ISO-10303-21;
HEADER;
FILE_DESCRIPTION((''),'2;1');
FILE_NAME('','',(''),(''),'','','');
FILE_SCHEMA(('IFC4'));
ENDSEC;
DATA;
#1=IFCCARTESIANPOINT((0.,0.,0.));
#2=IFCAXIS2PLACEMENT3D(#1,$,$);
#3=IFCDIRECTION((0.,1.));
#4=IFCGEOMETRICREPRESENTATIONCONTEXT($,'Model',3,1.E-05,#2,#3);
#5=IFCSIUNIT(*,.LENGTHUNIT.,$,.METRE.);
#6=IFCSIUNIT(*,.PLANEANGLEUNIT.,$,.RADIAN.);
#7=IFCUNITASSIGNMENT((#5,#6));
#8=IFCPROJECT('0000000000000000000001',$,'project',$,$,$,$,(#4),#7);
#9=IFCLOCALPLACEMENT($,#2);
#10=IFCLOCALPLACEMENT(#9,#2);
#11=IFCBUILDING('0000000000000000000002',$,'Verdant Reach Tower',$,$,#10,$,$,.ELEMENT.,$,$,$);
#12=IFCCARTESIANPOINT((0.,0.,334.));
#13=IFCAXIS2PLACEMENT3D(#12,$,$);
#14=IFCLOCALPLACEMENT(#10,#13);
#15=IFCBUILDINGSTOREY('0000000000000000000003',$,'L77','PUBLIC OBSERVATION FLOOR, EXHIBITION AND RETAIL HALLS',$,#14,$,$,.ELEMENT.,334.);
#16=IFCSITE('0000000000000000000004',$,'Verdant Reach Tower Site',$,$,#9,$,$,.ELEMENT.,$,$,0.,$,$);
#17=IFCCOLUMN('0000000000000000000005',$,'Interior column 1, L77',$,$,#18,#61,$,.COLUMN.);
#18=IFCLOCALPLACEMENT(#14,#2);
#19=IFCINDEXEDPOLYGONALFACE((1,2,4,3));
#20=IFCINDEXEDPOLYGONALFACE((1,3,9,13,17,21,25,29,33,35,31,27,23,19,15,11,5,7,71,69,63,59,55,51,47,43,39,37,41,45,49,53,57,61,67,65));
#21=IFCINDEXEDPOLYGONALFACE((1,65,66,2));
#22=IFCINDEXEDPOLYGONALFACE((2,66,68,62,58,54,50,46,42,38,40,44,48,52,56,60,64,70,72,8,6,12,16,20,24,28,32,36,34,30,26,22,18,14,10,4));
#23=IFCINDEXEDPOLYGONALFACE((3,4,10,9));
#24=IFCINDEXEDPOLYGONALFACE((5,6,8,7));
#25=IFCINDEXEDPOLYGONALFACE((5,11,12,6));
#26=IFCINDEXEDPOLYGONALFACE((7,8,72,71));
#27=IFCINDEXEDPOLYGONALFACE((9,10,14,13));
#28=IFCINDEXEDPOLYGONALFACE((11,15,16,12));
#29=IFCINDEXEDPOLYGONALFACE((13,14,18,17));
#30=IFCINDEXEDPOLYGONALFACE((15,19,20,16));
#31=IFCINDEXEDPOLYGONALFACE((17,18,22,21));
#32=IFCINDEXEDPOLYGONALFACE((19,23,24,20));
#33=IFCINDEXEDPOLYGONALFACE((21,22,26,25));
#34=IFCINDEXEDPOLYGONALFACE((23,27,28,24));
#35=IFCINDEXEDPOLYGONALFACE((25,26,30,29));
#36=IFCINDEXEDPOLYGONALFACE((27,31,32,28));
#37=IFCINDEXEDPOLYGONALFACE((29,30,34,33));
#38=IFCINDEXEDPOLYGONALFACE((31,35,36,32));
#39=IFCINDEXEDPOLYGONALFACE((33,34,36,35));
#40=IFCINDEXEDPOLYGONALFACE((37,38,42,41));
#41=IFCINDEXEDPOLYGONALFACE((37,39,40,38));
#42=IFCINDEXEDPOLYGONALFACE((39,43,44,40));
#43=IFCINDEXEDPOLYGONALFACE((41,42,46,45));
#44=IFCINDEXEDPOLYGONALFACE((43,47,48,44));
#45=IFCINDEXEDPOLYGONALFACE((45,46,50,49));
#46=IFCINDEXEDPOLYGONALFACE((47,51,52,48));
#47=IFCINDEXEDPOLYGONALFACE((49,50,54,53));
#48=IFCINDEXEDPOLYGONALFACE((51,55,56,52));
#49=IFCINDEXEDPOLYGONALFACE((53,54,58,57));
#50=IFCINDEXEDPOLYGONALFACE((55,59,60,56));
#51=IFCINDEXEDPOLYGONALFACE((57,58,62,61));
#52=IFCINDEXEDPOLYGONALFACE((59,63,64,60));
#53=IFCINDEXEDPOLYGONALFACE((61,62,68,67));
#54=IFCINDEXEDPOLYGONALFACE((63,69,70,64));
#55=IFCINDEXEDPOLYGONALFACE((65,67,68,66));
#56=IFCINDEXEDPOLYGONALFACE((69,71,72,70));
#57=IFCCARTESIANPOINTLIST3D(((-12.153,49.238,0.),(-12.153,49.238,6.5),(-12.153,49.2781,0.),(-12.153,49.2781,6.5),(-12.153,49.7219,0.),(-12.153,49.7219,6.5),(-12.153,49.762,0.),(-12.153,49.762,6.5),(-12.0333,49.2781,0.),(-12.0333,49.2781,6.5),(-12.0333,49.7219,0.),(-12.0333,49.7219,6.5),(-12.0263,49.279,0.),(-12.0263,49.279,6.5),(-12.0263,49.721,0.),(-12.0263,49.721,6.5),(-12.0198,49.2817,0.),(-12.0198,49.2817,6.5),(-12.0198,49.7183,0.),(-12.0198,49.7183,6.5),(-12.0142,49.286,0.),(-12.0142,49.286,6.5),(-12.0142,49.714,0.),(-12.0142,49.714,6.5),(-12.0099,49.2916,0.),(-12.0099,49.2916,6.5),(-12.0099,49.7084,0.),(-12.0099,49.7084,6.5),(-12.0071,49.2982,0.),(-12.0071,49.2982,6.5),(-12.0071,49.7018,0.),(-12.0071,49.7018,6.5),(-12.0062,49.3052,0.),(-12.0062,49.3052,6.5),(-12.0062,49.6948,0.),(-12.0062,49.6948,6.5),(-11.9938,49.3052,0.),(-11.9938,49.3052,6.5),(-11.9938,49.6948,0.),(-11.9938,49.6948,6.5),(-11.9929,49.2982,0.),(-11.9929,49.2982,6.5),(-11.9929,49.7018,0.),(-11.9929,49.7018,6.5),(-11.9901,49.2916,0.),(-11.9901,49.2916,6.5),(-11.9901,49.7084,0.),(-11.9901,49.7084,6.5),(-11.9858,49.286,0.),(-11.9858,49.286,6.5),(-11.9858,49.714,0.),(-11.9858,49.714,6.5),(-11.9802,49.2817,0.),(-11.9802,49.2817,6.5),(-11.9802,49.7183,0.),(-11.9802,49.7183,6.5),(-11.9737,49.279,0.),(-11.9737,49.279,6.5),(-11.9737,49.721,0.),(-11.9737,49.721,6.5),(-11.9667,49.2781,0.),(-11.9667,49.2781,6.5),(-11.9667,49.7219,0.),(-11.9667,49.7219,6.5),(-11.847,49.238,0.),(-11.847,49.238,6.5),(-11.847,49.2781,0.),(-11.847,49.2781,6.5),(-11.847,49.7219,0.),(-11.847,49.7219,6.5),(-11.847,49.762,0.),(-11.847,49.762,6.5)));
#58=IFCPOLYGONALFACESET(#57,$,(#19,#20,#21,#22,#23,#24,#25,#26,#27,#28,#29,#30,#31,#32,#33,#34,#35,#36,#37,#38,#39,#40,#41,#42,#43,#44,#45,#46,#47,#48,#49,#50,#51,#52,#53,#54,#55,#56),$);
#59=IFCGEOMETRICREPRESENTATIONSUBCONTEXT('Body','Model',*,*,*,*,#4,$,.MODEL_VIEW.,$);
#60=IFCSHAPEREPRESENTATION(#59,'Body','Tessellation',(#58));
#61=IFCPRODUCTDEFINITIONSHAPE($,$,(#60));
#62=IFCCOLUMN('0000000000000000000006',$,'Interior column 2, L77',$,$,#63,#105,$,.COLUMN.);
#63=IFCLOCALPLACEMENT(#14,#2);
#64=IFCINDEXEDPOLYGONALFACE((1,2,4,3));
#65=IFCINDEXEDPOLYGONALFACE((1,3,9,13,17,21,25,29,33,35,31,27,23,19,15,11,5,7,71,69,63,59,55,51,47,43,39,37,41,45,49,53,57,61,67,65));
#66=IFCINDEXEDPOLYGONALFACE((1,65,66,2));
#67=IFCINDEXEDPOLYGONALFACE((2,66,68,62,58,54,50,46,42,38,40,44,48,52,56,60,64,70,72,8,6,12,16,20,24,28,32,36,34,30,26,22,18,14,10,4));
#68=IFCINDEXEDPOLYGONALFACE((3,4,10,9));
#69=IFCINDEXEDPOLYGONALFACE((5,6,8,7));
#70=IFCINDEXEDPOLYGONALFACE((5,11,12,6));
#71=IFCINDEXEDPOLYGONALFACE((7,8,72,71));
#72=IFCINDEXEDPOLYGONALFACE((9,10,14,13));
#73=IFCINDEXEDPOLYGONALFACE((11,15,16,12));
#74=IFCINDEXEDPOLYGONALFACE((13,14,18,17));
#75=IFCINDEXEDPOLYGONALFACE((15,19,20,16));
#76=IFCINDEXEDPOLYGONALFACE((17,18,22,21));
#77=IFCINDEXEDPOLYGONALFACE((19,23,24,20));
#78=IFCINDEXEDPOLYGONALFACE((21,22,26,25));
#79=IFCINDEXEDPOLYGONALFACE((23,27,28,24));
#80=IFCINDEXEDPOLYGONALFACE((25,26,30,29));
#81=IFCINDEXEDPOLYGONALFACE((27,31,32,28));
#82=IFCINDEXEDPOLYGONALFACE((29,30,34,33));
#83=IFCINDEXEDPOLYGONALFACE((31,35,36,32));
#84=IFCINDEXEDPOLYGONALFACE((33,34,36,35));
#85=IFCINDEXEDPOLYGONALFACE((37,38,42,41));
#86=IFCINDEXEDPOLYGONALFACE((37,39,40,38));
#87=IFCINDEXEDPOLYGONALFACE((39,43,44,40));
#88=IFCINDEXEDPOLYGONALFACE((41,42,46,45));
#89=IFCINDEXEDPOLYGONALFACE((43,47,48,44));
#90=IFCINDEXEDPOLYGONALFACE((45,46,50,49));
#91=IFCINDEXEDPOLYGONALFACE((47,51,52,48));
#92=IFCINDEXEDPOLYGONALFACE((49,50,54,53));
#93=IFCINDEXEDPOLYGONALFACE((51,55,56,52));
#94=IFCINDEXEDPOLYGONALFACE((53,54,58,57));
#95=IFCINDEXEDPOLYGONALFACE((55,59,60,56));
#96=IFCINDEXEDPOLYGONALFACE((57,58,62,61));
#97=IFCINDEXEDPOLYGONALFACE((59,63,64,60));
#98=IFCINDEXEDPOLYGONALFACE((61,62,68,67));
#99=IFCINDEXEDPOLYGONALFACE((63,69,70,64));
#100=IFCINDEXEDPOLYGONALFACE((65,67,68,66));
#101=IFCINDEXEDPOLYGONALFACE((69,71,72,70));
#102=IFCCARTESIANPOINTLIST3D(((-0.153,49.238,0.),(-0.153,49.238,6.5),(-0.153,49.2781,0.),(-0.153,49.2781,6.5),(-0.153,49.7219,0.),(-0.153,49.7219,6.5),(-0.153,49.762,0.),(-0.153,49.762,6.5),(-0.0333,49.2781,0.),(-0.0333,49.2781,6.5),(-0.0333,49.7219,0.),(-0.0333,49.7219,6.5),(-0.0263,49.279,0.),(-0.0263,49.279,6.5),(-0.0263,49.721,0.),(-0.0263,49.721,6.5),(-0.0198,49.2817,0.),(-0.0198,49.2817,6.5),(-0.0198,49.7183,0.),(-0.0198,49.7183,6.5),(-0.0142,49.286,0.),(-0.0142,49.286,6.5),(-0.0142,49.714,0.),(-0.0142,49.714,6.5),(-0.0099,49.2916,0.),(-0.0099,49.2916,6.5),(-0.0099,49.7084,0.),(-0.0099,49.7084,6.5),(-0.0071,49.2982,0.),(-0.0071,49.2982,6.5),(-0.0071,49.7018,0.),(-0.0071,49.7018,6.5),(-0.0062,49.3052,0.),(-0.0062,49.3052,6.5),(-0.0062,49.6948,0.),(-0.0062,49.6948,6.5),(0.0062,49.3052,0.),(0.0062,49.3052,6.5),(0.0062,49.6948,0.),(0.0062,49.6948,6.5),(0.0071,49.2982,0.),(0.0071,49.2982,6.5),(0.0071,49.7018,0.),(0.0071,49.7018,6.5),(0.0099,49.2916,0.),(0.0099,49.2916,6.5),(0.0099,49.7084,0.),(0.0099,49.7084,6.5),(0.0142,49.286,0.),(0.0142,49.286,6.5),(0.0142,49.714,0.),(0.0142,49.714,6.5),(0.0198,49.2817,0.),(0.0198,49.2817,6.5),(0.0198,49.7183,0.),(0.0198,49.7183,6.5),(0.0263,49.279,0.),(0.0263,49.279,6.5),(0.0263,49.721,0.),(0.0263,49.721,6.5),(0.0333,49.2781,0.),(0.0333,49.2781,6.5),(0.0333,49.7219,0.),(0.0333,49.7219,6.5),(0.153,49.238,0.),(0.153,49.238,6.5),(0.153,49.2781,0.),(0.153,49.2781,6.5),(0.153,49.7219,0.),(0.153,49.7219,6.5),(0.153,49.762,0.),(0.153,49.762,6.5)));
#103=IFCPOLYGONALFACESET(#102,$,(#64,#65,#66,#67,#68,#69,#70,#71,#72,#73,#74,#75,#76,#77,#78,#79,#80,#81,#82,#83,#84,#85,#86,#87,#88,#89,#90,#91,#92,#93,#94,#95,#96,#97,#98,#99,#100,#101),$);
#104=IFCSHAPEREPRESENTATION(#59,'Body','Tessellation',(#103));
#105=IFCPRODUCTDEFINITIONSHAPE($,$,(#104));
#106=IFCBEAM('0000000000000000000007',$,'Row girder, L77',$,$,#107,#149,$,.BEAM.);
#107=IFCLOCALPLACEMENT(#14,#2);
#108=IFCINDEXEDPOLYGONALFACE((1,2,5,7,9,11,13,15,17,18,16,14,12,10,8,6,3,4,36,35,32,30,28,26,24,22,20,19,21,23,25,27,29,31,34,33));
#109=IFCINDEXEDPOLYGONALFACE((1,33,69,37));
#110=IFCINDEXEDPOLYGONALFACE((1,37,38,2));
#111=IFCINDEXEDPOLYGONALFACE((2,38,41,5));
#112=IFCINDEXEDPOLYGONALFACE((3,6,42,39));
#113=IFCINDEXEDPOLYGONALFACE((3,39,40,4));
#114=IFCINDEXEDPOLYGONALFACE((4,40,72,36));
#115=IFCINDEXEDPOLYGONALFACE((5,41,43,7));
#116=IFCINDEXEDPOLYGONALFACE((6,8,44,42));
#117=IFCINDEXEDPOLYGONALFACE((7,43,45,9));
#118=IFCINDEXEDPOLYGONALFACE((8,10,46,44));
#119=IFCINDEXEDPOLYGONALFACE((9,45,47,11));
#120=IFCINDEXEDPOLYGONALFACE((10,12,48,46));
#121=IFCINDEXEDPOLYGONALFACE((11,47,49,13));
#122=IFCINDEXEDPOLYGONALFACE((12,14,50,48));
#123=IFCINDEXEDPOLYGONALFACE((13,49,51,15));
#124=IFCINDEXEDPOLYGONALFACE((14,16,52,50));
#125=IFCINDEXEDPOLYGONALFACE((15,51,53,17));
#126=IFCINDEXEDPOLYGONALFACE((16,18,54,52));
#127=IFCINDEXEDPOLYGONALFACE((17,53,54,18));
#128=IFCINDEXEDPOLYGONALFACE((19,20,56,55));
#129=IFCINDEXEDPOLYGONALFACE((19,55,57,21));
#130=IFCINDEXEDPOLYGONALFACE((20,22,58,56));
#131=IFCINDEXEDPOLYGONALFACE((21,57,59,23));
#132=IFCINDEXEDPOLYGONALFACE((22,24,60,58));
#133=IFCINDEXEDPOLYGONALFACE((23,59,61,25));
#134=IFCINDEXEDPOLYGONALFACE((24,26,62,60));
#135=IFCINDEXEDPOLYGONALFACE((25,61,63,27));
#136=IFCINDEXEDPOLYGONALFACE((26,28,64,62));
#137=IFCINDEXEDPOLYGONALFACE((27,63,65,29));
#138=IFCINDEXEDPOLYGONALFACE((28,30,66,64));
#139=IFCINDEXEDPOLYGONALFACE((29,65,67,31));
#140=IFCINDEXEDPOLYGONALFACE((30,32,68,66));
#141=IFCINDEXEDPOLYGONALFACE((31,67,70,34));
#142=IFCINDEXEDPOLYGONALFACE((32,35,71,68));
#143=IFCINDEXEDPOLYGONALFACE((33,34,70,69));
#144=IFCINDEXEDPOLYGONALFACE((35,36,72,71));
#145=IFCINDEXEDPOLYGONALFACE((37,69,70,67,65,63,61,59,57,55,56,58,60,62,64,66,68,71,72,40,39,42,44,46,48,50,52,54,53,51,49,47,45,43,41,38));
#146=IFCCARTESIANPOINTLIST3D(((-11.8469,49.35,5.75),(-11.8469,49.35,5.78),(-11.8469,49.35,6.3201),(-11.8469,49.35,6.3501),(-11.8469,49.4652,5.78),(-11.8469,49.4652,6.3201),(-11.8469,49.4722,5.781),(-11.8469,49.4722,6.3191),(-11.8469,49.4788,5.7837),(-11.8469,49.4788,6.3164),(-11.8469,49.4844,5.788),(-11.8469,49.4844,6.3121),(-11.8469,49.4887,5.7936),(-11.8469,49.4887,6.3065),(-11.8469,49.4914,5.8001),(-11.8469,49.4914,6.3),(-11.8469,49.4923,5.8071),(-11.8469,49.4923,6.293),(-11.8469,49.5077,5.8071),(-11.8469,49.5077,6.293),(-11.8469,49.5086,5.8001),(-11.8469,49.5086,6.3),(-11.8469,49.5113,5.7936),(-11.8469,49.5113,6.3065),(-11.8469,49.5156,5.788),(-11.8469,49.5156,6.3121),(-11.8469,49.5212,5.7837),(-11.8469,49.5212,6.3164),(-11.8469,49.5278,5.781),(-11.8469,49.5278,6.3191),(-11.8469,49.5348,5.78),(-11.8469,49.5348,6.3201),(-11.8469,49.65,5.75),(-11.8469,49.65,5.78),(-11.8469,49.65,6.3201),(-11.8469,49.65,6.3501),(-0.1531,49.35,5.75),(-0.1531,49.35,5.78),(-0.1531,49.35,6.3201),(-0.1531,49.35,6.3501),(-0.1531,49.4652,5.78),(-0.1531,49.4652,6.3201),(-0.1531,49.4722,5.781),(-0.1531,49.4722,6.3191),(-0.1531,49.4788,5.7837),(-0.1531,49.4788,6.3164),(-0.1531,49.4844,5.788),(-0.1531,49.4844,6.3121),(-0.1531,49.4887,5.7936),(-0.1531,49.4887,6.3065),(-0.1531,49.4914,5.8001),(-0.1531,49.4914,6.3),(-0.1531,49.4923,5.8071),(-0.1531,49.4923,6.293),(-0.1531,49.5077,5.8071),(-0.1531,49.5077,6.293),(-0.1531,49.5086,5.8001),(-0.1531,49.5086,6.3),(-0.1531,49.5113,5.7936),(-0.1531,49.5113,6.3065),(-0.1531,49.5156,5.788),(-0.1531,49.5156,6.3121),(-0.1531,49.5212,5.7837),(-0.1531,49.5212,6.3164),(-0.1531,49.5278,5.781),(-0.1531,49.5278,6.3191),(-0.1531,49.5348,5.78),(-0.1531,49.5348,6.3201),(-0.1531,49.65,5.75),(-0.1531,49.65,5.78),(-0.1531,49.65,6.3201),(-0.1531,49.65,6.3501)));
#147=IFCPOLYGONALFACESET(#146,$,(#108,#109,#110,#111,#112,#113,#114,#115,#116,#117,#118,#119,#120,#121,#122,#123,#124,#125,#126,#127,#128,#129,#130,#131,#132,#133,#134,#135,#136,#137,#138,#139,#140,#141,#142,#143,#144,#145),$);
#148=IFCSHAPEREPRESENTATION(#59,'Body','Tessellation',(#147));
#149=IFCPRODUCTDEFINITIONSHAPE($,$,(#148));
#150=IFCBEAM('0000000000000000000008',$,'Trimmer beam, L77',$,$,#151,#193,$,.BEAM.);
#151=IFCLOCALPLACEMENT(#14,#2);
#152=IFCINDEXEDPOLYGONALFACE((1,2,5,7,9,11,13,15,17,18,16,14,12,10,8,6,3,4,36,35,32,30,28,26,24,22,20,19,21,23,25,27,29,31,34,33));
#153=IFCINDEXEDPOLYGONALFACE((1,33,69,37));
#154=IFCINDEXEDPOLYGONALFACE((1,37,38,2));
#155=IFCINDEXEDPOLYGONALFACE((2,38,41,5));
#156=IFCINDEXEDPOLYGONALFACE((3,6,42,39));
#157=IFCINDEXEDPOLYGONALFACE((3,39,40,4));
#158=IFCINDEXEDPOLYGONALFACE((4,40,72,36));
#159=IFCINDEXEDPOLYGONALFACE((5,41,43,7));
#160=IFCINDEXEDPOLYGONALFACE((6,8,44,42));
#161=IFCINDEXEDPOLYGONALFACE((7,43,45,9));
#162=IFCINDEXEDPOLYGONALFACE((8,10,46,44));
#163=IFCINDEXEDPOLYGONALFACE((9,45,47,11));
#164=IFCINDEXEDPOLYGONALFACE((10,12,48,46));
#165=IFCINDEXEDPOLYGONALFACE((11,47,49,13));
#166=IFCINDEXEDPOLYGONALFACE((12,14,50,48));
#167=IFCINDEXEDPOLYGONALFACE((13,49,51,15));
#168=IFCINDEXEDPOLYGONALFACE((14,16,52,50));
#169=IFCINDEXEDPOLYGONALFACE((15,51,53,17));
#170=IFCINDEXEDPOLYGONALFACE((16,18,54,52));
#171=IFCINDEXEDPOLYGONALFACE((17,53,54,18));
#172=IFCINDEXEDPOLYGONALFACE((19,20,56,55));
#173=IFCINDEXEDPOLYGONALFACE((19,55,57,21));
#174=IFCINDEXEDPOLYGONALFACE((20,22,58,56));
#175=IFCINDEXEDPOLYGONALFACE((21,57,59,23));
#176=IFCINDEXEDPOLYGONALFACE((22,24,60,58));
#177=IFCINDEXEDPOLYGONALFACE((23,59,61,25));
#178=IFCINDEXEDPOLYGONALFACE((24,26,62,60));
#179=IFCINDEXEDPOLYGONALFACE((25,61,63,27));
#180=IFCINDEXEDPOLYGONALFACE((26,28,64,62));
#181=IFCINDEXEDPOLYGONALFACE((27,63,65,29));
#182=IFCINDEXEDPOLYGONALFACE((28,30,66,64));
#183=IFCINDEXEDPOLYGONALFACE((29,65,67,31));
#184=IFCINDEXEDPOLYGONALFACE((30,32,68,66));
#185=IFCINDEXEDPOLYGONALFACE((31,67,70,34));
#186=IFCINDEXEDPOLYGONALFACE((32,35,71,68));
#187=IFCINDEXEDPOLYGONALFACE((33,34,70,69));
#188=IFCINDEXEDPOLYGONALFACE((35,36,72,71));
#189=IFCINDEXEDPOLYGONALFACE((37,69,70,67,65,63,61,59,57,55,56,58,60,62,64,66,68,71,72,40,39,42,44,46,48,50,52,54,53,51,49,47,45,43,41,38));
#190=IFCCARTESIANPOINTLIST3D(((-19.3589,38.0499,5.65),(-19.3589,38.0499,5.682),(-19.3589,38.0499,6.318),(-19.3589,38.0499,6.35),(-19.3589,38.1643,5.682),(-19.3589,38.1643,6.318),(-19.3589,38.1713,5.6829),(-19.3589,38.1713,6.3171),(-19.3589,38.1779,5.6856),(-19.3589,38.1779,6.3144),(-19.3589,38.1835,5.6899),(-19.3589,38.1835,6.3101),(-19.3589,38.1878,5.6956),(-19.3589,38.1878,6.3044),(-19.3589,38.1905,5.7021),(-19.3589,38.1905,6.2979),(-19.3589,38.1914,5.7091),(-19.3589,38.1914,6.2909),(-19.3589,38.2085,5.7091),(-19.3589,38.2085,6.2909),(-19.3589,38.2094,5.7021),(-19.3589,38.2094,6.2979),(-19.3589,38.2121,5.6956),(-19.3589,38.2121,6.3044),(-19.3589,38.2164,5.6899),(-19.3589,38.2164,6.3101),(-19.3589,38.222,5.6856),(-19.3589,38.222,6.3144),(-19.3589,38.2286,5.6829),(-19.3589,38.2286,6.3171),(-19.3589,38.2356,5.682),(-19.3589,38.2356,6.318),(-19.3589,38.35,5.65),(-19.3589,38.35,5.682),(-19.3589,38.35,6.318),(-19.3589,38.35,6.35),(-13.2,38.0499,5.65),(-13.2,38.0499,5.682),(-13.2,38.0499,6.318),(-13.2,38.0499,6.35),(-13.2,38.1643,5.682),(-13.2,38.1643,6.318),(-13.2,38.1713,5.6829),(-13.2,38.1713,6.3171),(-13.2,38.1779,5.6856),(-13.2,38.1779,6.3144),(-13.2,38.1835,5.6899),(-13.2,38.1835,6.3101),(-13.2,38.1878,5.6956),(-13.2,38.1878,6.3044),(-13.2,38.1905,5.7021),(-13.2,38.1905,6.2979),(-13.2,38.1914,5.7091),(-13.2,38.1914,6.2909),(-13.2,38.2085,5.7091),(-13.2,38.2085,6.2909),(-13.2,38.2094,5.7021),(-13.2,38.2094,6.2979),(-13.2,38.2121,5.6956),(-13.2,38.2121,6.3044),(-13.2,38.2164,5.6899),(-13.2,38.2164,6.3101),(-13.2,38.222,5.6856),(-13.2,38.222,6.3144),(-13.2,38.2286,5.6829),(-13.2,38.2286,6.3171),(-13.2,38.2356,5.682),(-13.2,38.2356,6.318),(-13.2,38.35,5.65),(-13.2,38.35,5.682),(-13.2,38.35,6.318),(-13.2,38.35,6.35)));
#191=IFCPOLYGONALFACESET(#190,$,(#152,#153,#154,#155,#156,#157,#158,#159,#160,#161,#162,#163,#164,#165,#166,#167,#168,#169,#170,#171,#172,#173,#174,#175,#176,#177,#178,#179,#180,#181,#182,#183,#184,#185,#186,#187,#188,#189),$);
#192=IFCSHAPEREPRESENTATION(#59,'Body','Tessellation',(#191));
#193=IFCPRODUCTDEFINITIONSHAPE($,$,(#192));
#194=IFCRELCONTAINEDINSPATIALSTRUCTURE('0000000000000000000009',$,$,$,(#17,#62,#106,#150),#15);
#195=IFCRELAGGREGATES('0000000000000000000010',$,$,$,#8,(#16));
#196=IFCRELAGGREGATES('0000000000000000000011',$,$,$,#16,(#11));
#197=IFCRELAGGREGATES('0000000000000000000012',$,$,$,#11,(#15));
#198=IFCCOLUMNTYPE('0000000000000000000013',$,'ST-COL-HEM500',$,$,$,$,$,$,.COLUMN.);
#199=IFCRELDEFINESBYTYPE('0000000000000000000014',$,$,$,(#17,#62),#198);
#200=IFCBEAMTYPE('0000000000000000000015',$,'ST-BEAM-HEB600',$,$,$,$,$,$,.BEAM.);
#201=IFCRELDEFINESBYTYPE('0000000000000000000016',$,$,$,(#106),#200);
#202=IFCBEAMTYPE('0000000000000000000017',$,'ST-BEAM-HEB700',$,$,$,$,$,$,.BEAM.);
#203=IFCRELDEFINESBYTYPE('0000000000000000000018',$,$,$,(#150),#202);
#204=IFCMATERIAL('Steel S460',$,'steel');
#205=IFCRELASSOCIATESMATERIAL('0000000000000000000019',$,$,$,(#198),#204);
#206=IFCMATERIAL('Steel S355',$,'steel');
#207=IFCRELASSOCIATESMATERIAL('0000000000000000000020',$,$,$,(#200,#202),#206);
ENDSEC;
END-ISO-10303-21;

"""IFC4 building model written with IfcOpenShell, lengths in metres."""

from ifc_helpers import new_model, si_unit, direction, frame, origin, origin_2d, place, context, subcontext, project, spatial, i_section, extrude, material, material_profile, profile_set, type_object, element, save


model = new_model("IFC4")

# Units and contexts
model_context = context("Model", 3, precision=1e-05, world=origin(), true_north=direction((0.0, 1.0)))
body_context = subcontext(model_context, "Body", "Model", "MODEL_VIEW")
ifc_project = project(units=[si_unit("LENGTHUNIT", "METRE"), si_unit("PLANEANGLEUNIT", "RADIAN")], contexts=[model_context])

# Site, building, storey
site_placement = place(None, origin())
site = spatial("IfcSite", under=ifc_project, at=site_placement, Name="Verdant Reach Tower Site", CompositionType="ELEMENT", RefElevation=0.0)
building_placement = place(site_placement, origin())
building = spatial("IfcBuilding", under=site, at=building_placement, Name="Verdant Reach Tower", CompositionType="ELEMENT")
storey_placement = place(building_placement, frame((0.0, 0.0, 334.0)))
storey = spatial("IfcBuildingStorey", under=building, at=storey_placement, Name="L77", Description="PUBLIC OBSERVATION FLOOR, EXHIBITION AND RETAIL HALLS", CompositionType="ELEMENT", Elevation=334.0)

# Columns
ifc_material_1 = material(Name="Steel S460", Category="steel")
ifc_material_profile_1 = material_profile(ifc_material_1, i_section(OverallWidth=0.3059, OverallDepth=0.5239, WebThickness=0.0125, FlangeThickness=0.04, FilletRadius=0.0271, at=origin_2d()), Name="HEM 500")
ifc_profile_set_1 = profile_set([ifc_material_profile_1], Name="Steel S460")
column_type = type_object("IfcColumnType", Name="ST-COL-HEM500", PredefinedType="COLUMN", material=ifc_profile_set_1)
for number, where, z_axis, x_axis, name in (
    (1, (-12.0, 49.5, 0.0), (0.0, 0.0, 1.0), (1.0, 0.0, 0.0), "Interior column 1, L77"),
    (2, (0.0, 49.5, 0.0), (0.0, 0.0, 1.0), (1.0, 0.0, 0.0), "Interior column 2, L77"),
):
    element("IfcColumn", number, at=place(storey_placement, frame(where, z_axis=z_axis, x_axis=x_axis)), inside=storey, type_object=column_type, Name=name, PredefinedType="COLUMN", context=body_context, shape_type="SweptSolid", body=[
        extrude(i_section(OverallWidth=0.3059, OverallDepth=0.5239, WebThickness=0.0125, FlangeThickness=0.04, FilletRadius=0.0271, at=origin_2d()), origin(), (0.0, 0.0, 1.0), 6.5),
    ])

# Beams
ifc_material_2 = material(Name="Steel S355", Category="steel")
ifc_material_profile_2 = material_profile(ifc_material_2, i_section(OverallWidth=0.3, OverallDepth=0.6001, WebThickness=0.0154, FlangeThickness=0.03, FilletRadius=0.0271, at=origin_2d()), Name="HEB 600")
ifc_profile_set_2 = profile_set([ifc_material_profile_2], Name="Steel S355")
beam_type_1 = type_object("IfcBeamType", Name="ST-BEAM-HEB600", PredefinedType="BEAM", material=ifc_profile_set_2)
beam_1_placement = place(storey_placement, frame((-11.8469, 49.5, 6.05), z_axis=(1.0, 0.0, 0.0), x_axis=(0.0, 1.0, 0.0)))
element("IfcBeam", 3, at=beam_1_placement, inside=storey, type_object=beam_type_1, Name="Row girder, L77", PredefinedType="BEAM", context=body_context, shape_type="SweptSolid", body=[
    extrude(i_section(OverallWidth=0.3, OverallDepth=0.6001, WebThickness=0.0154, FlangeThickness=0.03, FilletRadius=0.0271, at=origin_2d()), origin(), (0.0, 0.0, 1.0), 11.6938),
])
ifc_material_profile_3 = material_profile(ifc_material_2, i_section(OverallWidth=0.3, OverallDepth=0.7, WebThickness=0.0171, FlangeThickness=0.032, FilletRadius=0.0271, at=origin_2d()), Name="HEB 700")
ifc_profile_set_3 = profile_set([ifc_material_profile_3], Name="Steel S355")
beam_type_2 = type_object("IfcBeamType", Name="ST-BEAM-HEB700", PredefinedType="BEAM", material=ifc_profile_set_3)
beam_2_placement = place(storey_placement, frame((-13.2, 38.2, 6.0), z_axis=(-1.0, 0.0, 0.0), x_axis=(0.0, -1.0, 0.0)))
element("IfcBeam", 4, at=beam_2_placement, inside=storey, type_object=beam_type_2, Name="Trimmer beam, L77", PredefinedType="BEAM", context=body_context, shape_type="SweptSolid", body=[
    extrude(i_section(OverallWidth=0.3, OverallDepth=0.7, WebThickness=0.0171, FlangeThickness=0.032, FilletRadius=0.0271, at=origin_2d()), origin(), (0.0, 0.0, 1.0), 6.1589),
])

save(model, "model.ifc")
